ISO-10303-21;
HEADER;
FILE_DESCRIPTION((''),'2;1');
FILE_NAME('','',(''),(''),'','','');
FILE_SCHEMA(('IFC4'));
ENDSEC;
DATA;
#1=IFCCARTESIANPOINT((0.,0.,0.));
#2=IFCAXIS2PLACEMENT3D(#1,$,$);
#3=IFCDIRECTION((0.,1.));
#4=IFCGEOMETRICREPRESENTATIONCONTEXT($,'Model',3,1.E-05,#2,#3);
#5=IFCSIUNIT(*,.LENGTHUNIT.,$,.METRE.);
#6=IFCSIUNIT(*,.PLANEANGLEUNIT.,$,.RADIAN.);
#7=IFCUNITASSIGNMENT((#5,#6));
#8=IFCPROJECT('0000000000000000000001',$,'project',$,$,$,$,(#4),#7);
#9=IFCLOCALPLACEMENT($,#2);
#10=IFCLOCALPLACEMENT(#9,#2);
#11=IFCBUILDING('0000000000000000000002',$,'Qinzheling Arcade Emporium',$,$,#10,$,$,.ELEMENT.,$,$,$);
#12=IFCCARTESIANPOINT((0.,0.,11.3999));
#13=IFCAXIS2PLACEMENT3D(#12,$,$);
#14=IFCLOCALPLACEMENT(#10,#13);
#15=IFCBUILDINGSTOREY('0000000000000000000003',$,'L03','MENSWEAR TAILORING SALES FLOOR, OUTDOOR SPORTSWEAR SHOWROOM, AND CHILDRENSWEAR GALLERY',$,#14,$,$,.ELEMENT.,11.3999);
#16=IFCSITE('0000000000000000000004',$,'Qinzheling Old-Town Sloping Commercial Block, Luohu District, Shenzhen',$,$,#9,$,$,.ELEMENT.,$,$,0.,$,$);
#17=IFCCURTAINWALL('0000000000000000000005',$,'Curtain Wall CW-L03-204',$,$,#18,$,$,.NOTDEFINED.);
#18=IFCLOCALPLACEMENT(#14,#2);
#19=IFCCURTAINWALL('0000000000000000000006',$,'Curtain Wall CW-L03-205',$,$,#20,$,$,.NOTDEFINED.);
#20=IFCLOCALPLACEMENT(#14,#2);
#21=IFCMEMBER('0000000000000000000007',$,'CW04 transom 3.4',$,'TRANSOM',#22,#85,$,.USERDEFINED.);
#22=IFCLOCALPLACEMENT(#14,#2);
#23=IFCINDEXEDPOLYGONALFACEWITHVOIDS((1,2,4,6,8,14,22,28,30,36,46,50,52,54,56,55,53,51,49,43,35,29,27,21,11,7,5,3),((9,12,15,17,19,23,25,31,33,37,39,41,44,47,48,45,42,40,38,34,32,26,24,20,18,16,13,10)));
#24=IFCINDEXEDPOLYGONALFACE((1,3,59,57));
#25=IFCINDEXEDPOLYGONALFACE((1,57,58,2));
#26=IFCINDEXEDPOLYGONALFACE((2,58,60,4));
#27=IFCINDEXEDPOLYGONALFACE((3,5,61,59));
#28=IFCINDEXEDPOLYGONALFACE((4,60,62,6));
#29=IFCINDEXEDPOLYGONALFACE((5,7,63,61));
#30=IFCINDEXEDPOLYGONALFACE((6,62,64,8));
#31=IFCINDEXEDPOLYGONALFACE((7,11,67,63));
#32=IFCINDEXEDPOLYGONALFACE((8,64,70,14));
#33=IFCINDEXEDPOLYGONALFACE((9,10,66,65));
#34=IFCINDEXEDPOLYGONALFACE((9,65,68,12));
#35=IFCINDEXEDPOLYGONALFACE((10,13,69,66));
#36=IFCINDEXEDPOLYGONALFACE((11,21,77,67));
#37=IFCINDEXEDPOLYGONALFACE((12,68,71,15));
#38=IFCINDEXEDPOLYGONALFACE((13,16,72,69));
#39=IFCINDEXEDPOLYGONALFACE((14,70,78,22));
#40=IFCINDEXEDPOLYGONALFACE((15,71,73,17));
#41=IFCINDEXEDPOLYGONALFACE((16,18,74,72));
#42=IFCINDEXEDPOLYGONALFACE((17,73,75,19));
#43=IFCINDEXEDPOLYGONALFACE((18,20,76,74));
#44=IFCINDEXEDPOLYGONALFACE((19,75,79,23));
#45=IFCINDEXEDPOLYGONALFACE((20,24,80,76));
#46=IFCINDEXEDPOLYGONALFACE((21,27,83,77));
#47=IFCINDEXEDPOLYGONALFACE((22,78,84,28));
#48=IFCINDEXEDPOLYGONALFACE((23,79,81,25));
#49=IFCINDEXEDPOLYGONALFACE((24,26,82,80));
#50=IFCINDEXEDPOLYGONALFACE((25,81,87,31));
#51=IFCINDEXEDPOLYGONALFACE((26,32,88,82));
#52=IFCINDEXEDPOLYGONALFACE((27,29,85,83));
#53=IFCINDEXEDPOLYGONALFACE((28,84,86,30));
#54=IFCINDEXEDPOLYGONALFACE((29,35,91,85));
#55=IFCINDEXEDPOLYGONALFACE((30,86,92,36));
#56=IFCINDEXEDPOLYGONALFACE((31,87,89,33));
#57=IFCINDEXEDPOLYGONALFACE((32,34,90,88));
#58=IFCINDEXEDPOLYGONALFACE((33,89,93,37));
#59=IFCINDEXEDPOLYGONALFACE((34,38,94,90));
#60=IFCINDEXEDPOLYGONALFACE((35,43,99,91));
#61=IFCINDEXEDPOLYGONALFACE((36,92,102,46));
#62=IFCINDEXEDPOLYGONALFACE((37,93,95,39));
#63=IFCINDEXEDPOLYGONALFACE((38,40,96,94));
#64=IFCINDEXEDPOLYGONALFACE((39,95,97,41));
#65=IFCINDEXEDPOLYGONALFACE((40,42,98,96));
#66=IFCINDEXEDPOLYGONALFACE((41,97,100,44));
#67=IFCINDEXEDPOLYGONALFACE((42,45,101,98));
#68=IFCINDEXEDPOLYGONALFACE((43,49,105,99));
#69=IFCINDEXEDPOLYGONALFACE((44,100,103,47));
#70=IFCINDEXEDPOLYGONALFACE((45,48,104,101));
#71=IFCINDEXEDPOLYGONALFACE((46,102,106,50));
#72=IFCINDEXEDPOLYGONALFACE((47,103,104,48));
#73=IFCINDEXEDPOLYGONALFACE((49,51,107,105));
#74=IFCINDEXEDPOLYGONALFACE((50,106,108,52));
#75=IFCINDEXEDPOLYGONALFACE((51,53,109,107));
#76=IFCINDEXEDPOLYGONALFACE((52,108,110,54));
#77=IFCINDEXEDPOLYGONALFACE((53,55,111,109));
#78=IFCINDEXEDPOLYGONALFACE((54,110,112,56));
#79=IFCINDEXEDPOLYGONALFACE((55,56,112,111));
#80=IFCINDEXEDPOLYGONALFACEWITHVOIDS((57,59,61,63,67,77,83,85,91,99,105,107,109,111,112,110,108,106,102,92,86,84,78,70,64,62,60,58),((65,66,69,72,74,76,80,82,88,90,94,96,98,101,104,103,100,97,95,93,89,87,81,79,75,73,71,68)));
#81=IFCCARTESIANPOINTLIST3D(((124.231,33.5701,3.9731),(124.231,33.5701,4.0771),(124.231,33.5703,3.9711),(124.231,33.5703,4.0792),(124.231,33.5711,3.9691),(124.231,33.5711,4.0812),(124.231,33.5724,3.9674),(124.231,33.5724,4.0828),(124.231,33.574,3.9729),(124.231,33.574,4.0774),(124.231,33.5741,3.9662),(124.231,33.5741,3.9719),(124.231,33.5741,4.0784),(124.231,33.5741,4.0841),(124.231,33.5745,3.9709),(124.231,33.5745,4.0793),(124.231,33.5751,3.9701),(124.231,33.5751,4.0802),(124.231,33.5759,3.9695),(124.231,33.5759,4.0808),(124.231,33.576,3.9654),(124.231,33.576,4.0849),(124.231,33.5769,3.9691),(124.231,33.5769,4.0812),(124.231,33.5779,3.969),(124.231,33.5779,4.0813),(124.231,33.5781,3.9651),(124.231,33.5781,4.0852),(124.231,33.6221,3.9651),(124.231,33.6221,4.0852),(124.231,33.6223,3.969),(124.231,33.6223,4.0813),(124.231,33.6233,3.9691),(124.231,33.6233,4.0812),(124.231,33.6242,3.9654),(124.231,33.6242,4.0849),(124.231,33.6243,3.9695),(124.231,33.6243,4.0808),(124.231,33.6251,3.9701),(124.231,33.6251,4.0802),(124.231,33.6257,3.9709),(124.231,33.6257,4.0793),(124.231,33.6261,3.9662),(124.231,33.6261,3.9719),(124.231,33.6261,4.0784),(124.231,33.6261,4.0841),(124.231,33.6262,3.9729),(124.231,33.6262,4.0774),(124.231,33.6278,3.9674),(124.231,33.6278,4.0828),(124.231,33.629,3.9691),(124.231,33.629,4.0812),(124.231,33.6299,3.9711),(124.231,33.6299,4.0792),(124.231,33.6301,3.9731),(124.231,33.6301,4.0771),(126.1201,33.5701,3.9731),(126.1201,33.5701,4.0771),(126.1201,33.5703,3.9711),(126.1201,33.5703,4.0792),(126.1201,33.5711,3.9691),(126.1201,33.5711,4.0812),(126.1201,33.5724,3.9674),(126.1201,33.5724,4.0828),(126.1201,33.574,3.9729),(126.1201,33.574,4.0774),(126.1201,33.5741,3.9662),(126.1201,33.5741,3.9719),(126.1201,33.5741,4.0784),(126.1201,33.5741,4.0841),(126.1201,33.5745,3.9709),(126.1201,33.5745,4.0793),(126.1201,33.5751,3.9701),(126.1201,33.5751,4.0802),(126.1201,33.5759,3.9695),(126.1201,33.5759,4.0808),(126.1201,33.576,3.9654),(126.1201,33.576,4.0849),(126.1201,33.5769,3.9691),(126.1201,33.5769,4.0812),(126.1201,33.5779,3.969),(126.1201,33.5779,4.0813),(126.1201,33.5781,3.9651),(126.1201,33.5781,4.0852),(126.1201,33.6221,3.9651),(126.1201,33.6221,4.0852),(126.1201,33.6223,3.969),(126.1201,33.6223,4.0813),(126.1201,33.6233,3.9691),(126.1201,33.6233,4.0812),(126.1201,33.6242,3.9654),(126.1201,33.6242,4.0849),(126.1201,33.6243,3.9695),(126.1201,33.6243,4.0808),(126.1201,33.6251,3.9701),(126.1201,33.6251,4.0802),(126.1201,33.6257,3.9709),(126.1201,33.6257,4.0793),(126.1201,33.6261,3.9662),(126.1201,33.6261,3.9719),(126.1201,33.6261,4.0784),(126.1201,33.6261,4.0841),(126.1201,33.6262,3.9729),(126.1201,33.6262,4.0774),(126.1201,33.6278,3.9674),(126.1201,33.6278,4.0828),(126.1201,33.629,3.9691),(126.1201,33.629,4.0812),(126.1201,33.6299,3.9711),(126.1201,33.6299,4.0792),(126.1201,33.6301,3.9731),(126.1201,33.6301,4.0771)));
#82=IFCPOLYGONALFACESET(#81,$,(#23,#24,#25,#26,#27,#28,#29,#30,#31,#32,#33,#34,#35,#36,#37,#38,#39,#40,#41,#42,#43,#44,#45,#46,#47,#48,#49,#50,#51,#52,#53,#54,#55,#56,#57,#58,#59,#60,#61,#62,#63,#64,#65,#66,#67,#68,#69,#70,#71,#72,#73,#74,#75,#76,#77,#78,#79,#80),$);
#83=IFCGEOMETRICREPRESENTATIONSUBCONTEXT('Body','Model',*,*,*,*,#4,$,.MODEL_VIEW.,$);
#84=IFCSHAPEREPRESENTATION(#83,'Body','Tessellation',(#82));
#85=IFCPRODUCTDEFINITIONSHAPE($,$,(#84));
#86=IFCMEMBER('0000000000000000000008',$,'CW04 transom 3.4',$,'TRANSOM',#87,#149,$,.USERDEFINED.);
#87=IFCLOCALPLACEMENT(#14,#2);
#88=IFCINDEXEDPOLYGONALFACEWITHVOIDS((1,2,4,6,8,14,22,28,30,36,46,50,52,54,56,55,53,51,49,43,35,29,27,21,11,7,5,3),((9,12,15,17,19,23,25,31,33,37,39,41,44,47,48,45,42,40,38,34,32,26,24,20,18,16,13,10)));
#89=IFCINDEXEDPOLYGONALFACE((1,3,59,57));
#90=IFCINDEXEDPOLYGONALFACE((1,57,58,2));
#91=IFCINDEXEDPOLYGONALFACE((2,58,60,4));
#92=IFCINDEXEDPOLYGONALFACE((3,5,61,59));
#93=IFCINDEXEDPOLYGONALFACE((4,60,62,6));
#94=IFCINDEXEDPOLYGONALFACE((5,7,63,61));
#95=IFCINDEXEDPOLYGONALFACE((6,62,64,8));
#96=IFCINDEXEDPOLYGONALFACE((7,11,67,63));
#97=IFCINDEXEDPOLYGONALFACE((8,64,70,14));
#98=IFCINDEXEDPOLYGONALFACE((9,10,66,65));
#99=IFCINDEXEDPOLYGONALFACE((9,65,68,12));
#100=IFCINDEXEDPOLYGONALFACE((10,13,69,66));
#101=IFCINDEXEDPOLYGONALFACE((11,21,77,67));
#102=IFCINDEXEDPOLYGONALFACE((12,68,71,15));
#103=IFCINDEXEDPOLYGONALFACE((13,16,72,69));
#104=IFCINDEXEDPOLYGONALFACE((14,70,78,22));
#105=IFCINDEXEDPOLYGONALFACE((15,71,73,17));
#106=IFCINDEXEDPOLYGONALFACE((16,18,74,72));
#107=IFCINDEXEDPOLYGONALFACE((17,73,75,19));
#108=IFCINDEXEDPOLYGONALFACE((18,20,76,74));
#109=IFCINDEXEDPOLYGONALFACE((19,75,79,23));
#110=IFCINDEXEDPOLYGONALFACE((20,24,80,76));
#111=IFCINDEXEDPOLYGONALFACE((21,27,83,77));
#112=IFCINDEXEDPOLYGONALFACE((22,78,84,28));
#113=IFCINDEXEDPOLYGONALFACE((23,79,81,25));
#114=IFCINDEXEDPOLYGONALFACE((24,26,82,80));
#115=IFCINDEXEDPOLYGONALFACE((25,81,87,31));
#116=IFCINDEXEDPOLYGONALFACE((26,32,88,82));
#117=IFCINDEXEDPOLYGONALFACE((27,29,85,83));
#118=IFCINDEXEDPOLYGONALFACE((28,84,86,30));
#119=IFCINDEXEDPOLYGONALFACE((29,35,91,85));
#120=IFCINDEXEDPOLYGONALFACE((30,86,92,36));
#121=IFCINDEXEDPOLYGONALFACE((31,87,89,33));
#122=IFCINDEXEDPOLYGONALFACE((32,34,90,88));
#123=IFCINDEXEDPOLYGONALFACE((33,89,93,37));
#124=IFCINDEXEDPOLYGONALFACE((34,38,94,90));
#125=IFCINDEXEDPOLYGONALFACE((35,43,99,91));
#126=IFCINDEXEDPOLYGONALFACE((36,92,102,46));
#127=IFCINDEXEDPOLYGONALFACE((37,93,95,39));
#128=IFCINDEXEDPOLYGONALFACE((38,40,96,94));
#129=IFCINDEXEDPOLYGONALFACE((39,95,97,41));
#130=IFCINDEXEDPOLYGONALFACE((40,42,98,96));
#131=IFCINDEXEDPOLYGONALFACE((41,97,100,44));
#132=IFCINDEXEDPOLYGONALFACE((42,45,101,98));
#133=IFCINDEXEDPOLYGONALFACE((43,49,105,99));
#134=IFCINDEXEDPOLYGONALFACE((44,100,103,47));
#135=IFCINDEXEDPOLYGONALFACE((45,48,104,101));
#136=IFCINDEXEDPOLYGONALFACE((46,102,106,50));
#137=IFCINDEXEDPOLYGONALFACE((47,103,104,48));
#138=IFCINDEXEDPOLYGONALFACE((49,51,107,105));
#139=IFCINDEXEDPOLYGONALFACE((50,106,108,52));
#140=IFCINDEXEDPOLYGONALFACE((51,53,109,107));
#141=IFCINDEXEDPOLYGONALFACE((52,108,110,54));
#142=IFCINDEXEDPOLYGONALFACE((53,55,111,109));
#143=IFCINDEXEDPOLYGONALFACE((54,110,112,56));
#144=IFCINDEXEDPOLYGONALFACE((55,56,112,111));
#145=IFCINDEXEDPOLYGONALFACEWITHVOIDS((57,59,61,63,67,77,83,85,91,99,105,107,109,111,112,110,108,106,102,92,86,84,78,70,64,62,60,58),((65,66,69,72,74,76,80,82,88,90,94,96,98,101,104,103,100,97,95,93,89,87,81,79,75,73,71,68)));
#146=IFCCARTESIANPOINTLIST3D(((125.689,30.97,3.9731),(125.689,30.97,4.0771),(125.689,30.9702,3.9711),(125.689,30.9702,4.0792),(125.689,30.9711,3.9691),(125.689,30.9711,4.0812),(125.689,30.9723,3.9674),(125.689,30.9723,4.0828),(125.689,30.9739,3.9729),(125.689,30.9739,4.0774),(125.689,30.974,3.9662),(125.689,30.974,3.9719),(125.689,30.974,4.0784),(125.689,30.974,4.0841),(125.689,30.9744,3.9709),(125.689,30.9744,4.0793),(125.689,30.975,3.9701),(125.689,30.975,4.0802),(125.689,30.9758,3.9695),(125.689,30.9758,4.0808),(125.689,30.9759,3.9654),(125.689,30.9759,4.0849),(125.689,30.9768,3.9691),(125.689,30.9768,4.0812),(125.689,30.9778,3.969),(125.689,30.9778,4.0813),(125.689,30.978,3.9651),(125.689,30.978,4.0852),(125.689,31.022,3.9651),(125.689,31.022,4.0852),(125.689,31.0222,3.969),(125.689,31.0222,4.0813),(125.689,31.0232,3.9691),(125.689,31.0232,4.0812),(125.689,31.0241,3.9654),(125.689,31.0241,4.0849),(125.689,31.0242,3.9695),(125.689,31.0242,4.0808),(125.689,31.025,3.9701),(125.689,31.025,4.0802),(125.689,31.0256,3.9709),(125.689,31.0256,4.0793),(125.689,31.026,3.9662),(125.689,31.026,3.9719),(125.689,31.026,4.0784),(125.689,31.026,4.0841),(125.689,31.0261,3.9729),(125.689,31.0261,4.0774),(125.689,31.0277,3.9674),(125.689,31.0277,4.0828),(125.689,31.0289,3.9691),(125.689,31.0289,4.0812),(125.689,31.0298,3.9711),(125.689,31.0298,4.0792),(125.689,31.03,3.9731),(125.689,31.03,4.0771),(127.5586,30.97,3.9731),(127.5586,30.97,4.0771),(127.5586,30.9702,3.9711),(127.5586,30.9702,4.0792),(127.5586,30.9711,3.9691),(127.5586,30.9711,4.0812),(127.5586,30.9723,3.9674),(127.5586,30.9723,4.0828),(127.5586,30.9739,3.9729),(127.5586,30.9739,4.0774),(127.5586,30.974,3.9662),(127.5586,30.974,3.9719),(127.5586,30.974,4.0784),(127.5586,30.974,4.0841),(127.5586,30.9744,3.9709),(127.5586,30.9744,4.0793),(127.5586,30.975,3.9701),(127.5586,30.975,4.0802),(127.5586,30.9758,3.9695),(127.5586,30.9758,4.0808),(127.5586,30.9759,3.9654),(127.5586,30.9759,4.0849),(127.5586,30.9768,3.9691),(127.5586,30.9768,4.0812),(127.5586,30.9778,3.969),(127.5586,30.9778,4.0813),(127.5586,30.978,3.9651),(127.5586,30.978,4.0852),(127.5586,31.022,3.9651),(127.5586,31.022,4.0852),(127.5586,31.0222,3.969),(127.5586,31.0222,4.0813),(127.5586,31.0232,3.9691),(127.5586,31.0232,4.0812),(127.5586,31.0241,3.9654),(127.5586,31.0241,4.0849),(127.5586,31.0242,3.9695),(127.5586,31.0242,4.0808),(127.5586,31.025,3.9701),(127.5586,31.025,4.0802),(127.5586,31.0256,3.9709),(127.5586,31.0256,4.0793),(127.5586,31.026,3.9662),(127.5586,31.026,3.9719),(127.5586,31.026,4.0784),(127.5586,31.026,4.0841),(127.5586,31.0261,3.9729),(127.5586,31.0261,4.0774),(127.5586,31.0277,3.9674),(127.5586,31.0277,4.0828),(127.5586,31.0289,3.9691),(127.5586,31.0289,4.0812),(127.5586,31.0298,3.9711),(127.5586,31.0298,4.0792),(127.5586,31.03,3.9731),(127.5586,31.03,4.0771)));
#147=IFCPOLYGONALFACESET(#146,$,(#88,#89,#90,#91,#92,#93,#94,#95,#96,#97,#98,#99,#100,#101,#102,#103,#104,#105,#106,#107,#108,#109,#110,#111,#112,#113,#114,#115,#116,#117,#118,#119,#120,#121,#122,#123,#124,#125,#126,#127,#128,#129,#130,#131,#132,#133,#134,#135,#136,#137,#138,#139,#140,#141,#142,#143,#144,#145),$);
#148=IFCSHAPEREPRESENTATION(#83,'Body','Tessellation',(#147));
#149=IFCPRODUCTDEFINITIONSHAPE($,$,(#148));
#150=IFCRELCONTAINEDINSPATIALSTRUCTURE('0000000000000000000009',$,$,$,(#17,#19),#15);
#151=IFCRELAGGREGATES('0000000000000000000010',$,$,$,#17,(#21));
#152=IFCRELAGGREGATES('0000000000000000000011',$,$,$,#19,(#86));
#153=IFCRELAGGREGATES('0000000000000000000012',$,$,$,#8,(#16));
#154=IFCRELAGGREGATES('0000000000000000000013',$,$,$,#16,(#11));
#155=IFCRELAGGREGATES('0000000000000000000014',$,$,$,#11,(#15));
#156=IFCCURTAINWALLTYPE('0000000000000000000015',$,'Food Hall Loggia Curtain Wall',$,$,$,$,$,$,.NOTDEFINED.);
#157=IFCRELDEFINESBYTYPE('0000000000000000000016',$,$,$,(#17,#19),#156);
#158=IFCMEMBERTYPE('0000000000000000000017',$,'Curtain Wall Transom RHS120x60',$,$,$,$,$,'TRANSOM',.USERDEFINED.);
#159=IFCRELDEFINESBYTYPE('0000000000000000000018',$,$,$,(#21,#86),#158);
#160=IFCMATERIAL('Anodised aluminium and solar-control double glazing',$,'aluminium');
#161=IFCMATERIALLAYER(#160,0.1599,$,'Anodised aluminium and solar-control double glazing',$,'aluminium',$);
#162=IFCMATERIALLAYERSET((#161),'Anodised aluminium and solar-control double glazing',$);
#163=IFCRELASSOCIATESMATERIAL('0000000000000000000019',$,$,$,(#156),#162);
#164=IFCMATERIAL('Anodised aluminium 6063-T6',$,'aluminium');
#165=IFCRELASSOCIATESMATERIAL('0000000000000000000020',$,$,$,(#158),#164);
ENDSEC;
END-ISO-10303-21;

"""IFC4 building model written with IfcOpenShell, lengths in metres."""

from ifc_helpers import new_model, si_unit, direction, frame, origin, origin_2d, place, context, subcontext, project, spatial, hollow_rectangle, extrude, material, layer, layer_set, material_profile, profile_set, type_object, element, aggregate, save


model = new_model("IFC4")

# Units and contexts
model_context = context("Model", 3, precision=1e-05, world=origin(), true_north=direction((0.0, 1.0)))
body_context = subcontext(model_context, "Body", "Model", "MODEL_VIEW")
ifc_project = project(units=[si_unit("LENGTHUNIT", "METRE"), si_unit("PLANEANGLEUNIT", "RADIAN")], contexts=[model_context])

# Site, building, storey
site_placement = place(None, origin())
site = spatial("IfcSite", under=ifc_project, at=site_placement, Name="Qinzheling Old-Town Sloping Commercial Block, Luohu District, Shenzhen", CompositionType="ELEMENT", RefElevation=0.0)
building_placement = place(site_placement, origin())
building = spatial("IfcBuilding", under=site, at=building_placement, Name="Qinzheling Arcade Emporium", CompositionType="ELEMENT")
storey_placement = place(building_placement, frame((0.0, 0.0, 11.3999)))
storey = spatial("IfcBuildingStorey", under=building, at=storey_placement, Name="L03", Description="MENSWEAR TAILORING SALES FLOOR, OUTDOOR SPORTSWEAR SHOWROOM, AND CHILDRENSWEAR GALLERY", CompositionType="ELEMENT", Elevation=11.3999)

# Curtain wall
ifc_material_1 = material(Name="Anodised aluminium and solar-control double glazing", Category="aluminium")
ifc_layer_1 = layer(ifc_material_1, 0.1599, Name="Anodised aluminium and solar-control double glazing", Category="aluminium")
ifc_layer_set_1 = layer_set([ifc_layer_1], Name="Anodised aluminium and solar-control double glazing")
curtain_wall_type = type_object("IfcCurtainWallType", Name="Food Hall Loggia Curtain Wall", PredefinedType="NOTDEFINED", material=ifc_layer_set_1)
curtain_wall_1_placement = place(storey_placement, origin())
curtain_wall_1 = element("IfcCurtainWall", 1, at=curtain_wall_1_placement, inside=storey, type_object=curtain_wall_type, Name="Curtain Wall CW-L03-204", PredefinedType="NOTDEFINED")
ifc_material_2 = material(Name="Anodised aluminium 6063-T6", Category="aluminium")

# Curtain wall
curtain_wall_2_placement = place(storey_placement, origin())
curtain_wall_2 = element("IfcCurtainWall", 2, at=curtain_wall_2_placement, inside=storey, type_object=curtain_wall_type, Name="Curtain Wall CW-L03-205", PredefinedType="NOTDEFINED")

# Members
ifc_material_profile_1 = material_profile(ifc_material_2, hollow_rectangle(XDim=0.0601, YDim=0.1201, WallThickness=0.0039, InnerFilletRadius=0.0039, OuterFilletRadius=0.0081, at=origin_2d()), Name="RHS 120x60x4", Category="aluminium")
ifc_profile_set_1 = profile_set([ifc_material_profile_1], Name="Anodised aluminium 6063-T6")
member_type_1 = type_object("IfcMemberType", Name="Curtain Wall Transom RHS120x60", ElementType="TRANSOM", PredefinedType="USERDEFINED", material=ifc_profile_set_1)
member_1_placement = place(storey_placement, frame((126.1201, 33.6001, 4.0251), z_axis=(-1.0, 0.0, 0.0), x_axis=(0.0, -1.0, 0.0)))
member_1 = element("IfcMember", 3, at=member_1_placement, type_object=member_type_1, Name="CW04 transom 3.4", ObjectType="TRANSOM", PredefinedType="USERDEFINED", context=body_context, shape_type="SweptSolid", body=[
    extrude(hollow_rectangle(XDim=0.0601, YDim=0.1201, WallThickness=0.0039, InnerFilletRadius=0.0039, OuterFilletRadius=0.0081, at=origin_2d()), origin(), (0.0, 0.0, 1.0), 1.8892),
])
aggregate(curtain_wall_1, [member_1])
member_2_placement = place(storey_placement, frame((125.689, 31.0, 4.0251), z_axis=(1.0, 0.0, 0.0), x_axis=(0.0, 1.0, 0.0)))
member_2 = element("IfcMember", 4, at=member_2_placement, type_object=member_type_1, Name="CW04 transom 3.4", ObjectType="TRANSOM", PredefinedType="USERDEFINED", context=body_context, shape_type="SweptSolid", body=[
    extrude(hollow_rectangle(XDim=0.0601, YDim=0.1201, WallThickness=0.0039, InnerFilletRadius=0.0039, OuterFilletRadius=0.0081, at=origin_2d()), origin(), (0.0, 0.0, 1.0), 1.8696),
])

aggregate(curtain_wall_2, [member_2])

save(model, "model.ifc")
